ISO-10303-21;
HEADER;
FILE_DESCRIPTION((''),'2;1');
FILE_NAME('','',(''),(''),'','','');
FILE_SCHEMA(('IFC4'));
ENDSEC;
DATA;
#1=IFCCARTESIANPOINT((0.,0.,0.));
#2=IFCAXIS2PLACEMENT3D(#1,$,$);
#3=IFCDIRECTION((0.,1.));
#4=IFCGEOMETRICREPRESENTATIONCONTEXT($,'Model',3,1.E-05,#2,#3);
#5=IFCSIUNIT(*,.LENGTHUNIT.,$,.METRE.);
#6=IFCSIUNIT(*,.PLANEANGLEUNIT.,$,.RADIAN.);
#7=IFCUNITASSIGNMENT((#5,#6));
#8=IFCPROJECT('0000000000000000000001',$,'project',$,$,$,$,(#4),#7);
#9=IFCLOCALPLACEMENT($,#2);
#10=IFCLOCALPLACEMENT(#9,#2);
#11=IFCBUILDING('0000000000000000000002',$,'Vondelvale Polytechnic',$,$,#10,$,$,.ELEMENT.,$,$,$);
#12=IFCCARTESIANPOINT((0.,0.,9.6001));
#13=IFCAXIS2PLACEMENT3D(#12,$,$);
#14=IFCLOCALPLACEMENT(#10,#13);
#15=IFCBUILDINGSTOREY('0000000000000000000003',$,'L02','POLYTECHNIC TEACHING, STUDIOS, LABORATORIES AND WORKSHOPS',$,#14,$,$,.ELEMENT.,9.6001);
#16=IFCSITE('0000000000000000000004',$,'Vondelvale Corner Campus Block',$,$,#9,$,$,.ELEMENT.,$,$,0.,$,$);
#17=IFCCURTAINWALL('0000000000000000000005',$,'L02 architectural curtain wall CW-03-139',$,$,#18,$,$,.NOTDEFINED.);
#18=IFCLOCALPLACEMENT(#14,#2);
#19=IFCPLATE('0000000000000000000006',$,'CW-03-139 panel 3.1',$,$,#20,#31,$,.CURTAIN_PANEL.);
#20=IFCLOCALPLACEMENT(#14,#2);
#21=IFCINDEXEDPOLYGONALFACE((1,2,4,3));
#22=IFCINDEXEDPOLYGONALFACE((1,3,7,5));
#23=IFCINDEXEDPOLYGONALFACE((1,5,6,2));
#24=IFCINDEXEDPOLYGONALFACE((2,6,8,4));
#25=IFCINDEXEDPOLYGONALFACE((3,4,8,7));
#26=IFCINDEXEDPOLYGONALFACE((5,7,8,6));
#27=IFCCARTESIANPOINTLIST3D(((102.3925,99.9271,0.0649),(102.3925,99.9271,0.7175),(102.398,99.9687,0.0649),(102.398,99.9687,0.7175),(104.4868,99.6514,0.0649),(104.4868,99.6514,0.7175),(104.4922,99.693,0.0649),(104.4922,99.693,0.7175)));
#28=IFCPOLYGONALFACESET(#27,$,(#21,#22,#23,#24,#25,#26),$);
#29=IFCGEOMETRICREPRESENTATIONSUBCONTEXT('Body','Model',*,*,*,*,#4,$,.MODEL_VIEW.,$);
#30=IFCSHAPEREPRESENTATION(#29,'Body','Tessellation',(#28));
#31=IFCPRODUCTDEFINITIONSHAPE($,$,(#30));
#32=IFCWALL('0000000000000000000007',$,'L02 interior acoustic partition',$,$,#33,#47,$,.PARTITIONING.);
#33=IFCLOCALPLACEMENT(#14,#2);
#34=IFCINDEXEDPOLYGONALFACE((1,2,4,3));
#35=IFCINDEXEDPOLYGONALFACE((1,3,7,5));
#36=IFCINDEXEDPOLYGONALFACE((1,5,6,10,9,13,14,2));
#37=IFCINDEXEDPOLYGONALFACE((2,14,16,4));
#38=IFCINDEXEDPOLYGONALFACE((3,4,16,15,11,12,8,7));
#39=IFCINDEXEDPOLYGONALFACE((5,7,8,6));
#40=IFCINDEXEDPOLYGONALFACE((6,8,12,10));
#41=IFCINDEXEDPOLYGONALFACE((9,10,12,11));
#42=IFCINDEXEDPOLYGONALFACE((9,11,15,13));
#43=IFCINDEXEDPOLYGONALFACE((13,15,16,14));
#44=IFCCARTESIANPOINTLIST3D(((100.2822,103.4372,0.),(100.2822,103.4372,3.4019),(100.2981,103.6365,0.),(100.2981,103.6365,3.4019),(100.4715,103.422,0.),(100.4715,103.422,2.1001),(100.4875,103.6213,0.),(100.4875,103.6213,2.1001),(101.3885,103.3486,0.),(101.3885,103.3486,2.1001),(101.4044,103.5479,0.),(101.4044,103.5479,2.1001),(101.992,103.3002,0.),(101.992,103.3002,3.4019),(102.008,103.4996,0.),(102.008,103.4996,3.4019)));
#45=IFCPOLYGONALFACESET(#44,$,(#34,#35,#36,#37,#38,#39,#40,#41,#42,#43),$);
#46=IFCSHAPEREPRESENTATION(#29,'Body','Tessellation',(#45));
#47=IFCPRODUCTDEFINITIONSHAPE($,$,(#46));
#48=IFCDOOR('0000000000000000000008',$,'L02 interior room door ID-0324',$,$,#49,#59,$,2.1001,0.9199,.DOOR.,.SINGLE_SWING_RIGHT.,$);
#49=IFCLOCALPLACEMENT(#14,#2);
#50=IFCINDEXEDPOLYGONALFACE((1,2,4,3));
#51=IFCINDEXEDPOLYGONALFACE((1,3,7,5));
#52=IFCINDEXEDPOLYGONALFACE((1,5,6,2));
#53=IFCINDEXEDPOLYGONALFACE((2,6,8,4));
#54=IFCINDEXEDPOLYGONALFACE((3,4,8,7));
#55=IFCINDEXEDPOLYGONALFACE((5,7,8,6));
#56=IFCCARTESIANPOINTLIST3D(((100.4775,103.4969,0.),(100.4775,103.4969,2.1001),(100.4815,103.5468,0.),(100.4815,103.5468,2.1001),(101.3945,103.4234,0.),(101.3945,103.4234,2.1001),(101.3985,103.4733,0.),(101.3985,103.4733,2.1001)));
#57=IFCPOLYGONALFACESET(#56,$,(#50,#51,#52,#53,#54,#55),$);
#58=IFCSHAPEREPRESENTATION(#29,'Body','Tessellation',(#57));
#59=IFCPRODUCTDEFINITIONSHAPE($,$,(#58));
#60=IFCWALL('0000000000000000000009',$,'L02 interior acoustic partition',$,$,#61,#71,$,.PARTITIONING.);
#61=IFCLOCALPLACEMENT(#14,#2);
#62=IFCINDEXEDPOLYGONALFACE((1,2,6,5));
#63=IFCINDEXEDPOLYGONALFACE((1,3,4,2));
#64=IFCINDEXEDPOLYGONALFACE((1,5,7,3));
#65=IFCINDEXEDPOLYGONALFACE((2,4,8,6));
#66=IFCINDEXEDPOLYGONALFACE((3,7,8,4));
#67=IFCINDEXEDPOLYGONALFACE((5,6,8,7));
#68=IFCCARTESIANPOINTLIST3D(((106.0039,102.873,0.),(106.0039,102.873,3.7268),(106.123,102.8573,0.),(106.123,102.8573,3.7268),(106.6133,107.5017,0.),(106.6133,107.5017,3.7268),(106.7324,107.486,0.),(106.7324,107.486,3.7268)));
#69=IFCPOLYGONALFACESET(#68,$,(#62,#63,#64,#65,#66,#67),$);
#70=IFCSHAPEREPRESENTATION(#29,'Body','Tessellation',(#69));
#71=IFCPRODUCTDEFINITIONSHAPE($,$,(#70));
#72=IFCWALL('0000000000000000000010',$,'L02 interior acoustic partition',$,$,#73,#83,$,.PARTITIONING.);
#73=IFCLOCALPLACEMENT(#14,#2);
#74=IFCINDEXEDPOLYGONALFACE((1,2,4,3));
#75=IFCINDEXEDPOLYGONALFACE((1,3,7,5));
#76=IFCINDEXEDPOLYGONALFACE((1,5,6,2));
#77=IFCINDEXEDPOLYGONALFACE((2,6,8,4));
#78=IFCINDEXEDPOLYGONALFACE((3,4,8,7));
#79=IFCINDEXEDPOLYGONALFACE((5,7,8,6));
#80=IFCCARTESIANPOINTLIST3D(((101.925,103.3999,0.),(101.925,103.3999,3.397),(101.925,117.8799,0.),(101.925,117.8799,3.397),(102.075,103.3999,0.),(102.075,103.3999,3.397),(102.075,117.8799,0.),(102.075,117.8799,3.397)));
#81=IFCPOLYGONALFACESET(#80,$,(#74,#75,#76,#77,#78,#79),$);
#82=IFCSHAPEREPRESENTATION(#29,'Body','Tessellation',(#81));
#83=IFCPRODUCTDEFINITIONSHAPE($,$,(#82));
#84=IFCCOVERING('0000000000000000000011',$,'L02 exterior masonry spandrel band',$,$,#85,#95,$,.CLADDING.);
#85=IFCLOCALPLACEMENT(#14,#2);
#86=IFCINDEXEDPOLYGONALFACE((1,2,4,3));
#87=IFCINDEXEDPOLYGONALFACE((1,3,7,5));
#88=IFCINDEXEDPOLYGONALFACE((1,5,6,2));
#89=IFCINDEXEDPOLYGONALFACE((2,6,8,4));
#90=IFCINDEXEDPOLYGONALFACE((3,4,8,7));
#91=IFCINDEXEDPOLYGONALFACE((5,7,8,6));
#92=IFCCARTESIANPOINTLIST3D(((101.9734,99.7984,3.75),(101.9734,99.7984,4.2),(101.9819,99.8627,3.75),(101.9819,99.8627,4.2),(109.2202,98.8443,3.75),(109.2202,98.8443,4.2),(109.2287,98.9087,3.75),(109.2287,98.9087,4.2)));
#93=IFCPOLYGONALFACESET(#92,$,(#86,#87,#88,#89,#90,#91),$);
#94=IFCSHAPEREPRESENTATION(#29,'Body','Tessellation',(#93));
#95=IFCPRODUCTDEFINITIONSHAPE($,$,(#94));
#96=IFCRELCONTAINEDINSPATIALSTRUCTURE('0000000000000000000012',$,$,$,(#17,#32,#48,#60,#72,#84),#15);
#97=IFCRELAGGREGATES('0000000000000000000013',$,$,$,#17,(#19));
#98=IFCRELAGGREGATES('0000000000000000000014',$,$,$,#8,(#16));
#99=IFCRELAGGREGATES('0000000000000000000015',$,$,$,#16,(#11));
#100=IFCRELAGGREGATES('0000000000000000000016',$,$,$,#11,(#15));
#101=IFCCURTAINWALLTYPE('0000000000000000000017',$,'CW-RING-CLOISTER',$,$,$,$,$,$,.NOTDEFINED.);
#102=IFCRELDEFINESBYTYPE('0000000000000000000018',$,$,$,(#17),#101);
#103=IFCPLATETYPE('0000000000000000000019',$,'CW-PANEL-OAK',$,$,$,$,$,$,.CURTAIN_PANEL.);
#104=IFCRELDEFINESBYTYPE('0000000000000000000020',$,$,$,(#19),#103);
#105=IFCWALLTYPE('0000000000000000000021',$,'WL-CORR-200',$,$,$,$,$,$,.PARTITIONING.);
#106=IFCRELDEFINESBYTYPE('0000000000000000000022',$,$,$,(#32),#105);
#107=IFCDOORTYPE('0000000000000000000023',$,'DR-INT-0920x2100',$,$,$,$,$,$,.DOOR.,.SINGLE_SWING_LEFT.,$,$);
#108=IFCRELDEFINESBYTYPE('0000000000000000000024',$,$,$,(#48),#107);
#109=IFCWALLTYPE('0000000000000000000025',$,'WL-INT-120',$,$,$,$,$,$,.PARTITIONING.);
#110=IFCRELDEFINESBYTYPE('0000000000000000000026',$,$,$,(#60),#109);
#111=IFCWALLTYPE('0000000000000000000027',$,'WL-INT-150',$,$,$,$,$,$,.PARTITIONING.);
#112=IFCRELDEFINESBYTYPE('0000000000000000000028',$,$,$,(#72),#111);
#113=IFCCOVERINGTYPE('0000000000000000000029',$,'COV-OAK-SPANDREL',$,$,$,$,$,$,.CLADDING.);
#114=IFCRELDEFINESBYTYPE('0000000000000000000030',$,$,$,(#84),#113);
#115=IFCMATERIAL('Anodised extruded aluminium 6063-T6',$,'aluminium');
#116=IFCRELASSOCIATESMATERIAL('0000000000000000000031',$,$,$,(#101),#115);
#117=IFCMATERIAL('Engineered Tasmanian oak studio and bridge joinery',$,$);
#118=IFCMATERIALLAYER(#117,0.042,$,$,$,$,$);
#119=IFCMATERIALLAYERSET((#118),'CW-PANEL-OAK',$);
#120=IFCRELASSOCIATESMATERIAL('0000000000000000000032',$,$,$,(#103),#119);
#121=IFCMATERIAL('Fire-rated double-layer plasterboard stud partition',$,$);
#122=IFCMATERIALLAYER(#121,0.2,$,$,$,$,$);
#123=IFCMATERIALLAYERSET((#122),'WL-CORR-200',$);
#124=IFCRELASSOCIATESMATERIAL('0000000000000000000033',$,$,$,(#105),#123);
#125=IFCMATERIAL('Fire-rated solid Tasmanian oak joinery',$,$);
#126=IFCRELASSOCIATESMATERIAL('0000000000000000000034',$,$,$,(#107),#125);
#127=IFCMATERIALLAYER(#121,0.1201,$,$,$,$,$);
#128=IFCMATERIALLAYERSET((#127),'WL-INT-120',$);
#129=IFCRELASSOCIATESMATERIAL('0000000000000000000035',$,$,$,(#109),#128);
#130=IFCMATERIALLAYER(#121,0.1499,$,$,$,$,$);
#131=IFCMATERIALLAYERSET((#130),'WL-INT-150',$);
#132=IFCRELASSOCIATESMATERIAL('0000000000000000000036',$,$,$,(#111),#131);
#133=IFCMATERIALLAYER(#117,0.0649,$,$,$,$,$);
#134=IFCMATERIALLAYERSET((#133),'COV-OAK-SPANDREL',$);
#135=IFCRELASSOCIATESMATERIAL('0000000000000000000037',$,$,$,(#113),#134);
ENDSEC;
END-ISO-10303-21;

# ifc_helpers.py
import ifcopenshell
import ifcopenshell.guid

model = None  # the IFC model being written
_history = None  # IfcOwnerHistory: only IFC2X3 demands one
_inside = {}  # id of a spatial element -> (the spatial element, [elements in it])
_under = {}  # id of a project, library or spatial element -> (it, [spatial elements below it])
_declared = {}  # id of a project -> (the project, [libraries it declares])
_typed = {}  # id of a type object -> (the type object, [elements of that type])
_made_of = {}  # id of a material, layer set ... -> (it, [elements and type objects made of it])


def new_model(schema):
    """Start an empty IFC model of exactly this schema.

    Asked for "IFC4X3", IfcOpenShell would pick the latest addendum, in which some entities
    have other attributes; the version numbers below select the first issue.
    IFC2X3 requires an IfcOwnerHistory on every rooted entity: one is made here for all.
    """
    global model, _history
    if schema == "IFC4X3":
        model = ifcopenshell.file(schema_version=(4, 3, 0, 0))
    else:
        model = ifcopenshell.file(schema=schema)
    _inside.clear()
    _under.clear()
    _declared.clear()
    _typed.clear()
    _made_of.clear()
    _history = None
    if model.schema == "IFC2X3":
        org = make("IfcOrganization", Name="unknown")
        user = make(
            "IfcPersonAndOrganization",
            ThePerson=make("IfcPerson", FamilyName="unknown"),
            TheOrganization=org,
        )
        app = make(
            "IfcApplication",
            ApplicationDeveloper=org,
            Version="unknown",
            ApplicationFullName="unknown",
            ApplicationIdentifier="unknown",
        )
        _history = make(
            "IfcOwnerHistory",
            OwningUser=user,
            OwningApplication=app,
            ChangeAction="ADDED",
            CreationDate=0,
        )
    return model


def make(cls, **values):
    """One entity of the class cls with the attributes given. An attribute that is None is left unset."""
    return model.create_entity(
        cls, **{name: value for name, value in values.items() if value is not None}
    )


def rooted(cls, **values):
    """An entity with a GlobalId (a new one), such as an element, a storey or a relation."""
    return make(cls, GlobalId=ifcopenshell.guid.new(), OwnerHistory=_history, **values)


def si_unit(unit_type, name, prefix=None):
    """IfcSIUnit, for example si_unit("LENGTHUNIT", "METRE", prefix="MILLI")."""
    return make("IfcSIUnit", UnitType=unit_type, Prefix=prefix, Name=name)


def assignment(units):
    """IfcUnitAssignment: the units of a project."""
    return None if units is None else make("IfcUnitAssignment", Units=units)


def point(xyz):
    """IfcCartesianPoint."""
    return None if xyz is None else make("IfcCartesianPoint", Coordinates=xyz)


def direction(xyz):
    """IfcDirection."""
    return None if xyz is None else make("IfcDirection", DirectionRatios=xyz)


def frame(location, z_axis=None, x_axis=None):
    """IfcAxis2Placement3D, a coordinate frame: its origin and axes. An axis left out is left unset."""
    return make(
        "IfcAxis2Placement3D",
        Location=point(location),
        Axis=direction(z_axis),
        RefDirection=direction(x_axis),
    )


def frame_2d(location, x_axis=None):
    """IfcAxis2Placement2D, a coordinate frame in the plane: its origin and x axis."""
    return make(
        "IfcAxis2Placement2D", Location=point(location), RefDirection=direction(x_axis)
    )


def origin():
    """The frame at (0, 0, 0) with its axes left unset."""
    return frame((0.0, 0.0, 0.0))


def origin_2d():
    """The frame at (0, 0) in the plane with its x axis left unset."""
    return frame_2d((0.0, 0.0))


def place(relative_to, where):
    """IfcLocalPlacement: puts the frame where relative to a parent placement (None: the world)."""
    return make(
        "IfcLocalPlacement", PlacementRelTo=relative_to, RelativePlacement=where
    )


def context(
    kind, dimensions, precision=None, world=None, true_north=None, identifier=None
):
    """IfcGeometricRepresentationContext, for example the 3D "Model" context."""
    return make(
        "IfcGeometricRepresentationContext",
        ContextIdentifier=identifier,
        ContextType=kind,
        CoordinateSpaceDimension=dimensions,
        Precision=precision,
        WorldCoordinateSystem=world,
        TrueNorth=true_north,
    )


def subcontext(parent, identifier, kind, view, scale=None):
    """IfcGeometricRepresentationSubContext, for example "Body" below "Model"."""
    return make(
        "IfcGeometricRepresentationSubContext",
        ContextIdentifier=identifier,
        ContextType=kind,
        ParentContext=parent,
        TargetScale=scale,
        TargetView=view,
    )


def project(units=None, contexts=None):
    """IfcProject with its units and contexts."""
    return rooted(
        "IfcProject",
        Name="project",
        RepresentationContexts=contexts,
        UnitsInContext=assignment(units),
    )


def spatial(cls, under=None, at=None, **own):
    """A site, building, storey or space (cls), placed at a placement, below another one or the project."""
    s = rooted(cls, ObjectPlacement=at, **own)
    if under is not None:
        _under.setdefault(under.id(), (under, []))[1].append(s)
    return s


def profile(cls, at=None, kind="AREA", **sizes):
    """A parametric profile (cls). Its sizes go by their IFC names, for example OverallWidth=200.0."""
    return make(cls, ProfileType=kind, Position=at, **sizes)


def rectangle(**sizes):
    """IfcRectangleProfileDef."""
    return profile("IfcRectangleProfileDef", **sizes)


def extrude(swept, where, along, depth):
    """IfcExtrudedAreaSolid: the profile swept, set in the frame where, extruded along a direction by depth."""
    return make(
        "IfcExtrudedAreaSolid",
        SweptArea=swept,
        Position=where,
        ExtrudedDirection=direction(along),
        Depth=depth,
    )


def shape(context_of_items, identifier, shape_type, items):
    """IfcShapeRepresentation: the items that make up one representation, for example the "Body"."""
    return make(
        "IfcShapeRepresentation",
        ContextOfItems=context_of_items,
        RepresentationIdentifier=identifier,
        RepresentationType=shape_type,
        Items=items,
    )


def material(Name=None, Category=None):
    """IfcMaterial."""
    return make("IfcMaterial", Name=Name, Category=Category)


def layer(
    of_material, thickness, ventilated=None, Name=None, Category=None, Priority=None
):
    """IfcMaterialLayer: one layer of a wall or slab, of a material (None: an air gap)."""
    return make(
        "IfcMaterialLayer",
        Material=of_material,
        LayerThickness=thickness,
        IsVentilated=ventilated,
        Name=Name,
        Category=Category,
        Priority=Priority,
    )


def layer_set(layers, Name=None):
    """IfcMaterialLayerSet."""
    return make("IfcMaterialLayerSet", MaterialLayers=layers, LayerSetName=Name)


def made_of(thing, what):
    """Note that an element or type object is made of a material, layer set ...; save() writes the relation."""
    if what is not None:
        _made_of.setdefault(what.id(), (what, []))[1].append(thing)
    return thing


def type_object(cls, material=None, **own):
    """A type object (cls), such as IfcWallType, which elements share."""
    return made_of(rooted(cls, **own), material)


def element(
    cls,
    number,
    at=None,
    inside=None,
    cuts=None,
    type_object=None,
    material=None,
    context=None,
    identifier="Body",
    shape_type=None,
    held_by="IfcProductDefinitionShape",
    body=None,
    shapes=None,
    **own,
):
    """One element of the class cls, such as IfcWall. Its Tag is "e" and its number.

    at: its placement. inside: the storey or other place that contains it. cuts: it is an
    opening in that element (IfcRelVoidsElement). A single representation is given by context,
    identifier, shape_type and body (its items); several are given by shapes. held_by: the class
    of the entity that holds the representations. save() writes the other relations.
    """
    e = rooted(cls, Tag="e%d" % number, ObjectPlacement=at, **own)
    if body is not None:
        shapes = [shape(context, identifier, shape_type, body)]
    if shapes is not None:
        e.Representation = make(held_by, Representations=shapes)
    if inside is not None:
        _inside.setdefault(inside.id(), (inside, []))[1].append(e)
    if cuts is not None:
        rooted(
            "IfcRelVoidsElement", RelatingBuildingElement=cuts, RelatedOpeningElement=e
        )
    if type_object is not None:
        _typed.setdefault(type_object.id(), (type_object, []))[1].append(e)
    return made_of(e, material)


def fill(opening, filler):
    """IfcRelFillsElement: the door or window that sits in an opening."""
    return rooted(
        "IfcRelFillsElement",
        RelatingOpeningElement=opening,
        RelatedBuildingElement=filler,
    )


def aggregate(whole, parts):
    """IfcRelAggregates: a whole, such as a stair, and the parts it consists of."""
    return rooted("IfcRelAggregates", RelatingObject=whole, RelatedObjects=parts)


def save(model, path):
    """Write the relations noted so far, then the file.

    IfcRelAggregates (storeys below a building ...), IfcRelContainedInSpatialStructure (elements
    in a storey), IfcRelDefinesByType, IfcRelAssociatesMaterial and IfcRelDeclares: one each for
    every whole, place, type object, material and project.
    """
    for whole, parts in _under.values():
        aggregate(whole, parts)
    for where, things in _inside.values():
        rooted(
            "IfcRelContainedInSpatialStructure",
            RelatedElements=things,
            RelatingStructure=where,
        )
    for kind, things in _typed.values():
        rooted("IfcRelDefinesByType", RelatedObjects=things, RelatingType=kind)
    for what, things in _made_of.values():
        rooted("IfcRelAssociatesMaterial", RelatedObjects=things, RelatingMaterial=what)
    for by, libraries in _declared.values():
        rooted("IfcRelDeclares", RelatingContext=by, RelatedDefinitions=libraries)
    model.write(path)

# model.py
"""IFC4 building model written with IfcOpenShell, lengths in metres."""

from ifc_helpers import new_model, si_unit, direction, frame, frame_2d, origin, origin_2d, place, context, subcontext, project, spatial, rectangle, extrude, material, layer, layer_set, type_object, element, fill, aggregate, save


model = new_model("IFC4")

# Units and contexts
model_context = context("Model", 3, precision=1e-05, world=origin(), true_north=direction((0.0, 1.0)))
body_context = subcontext(model_context, "Body", "Model", "MODEL_VIEW")
ifc_project = project(units=[si_unit("LENGTHUNIT", "METRE"), si_unit("PLANEANGLEUNIT", "RADIAN")], contexts=[model_context])

# Site, building, storey
site_placement = place(None, origin())
site = spatial("IfcSite", under=ifc_project, at=site_placement, Name="Vondelvale Corner Campus Block", CompositionType="ELEMENT", RefElevation=0.0)
building_placement = place(site_placement, origin())
building = spatial("IfcBuilding", under=site, at=building_placement, Name="Vondelvale Polytechnic", CompositionType="ELEMENT")
storey_placement = place(building_placement, frame((0.0, 0.0, 9.6001)))
storey = spatial("IfcBuildingStorey", under=building, at=storey_placement, Name="L02", Description="POLYTECHNIC TEACHING, STUDIOS, LABORATORIES AND WORKSHOPS", CompositionType="ELEMENT", Elevation=9.6001)

# Curtain wall
ifc_material_1 = material(Name="Anodised extruded aluminium 6063-T6", Category="aluminium")
curtain_wall_type = type_object("IfcCurtainWallType", Name="CW-RING-CLOISTER", PredefinedType="NOTDEFINED", material=ifc_material_1)
curtain_wall_1_placement = place(storey_placement, origin())
curtain_wall_1 = element("IfcCurtainWall", 1, at=curtain_wall_1_placement, inside=storey, type_object=curtain_wall_type, Name="L02 architectural curtain wall CW-03-139", PredefinedType="NOTDEFINED")

# Plate
ifc_material_2 = material(Name="Engineered Tasmanian oak studio and bridge joinery")
ifc_layer_1 = layer(ifc_material_2, 0.042)
ifc_layer_set_1 = layer_set([ifc_layer_1], Name="CW-PANEL-OAK")
plate_type_1 = type_object("IfcPlateType", Name="CW-PANEL-OAK", PredefinedType="CURTAIN_PANEL", material=ifc_layer_set_1)
plate_1_placement = place(storey_placement, frame((103.4424, 99.8101, 0.0649), z_axis=(0.0, 0.0, 1.0), x_axis=(-0.991445, 0.130528, 0.0)))
plate_1 = element("IfcPlate", 2, at=plate_1_placement, type_object=plate_type_1, Name="CW-03-139 panel 3.1", PredefinedType="CURTAIN_PANEL", context=body_context, shape_type="SweptSolid", body=[
    extrude(rectangle(XDim=2.1123, YDim=0.042, at=origin_2d()), origin(), (0.0, 0.0, 1.0), 0.6526),
])
aggregate(curtain_wall_1, [plate_1])

# Wall, opening, door
ifc_material_3 = material(Name="Fire-rated double-layer plasterboard stud partition")
ifc_layer_2 = layer(ifc_material_3, 0.2)
ifc_layer_set_2 = layer_set([ifc_layer_2], Name="WL-CORR-200")
wall_type_1 = type_object("IfcWallType", Name="WL-CORR-200", PredefinedType="PARTITIONING", material=ifc_layer_set_2)
wall_1_placement = place(storey_placement, frame((102.0, 103.3999, 0.0), z_axis=(0.0, 0.0, 1.0), x_axis=(-0.996808, 0.079841, 0.0)))
wall_1 = element("IfcWall", 3, at=wall_1_placement, inside=storey, type_object=wall_type_1, Name="L02 interior acoustic partition", PredefinedType="PARTITIONING", context=body_context, shape_type="SweptSolid", body=[
    extrude(rectangle(XDim=1.7153, YDim=0.2, at=frame_2d((0.8577, 0.0))), origin(), (0.0, 0.0, 1.0), 3.4019),
])
opening_placement = place(wall_1_placement, frame((0.6055, 0.0, 0.0)))
opening = element("IfcOpeningElement", 4, at=opening_placement, cuts=wall_1, PredefinedType="OPENING", context=body_context, shape_type="SweptSolid", body=[
    extrude(rectangle(XDim=0.9199, YDim=2.1001, at=frame_2d((0.46, 1.05))), frame((0.0, 0.1099, 0.0), z_axis=(0.0, -1.0, 0.0), x_axis=(1.0, 0.0, 0.0)), (0.0, 0.0, 1.0), 0.22),
])
ifc_material_4 = material(Name="Fire-rated solid Tasmanian oak joinery")
door_type = type_object("IfcDoorType", Name="DR-INT-0920x2100", OperationType="SINGLE_SWING_LEFT", PredefinedType="DOOR", material=ifc_material_4)
door_placement = place(opening_placement, origin())
door = element("IfcDoor", 5, at=door_placement, inside=storey, type_object=door_type, Name="L02 interior room door ID-0324", OperationType="SINGLE_SWING_RIGHT", OverallHeight=2.1001, OverallWidth=0.9199, PredefinedType="DOOR", context=body_context, shape_type="SweptSolid", body=[
    extrude(rectangle(XDim=0.9199, YDim=2.1001, at=frame_2d((0.46, 1.05))), frame((0.0, 0.0249, 0.0), z_axis=(0.0, -1.0, 0.0), x_axis=(1.0, 0.0, 0.0)), (0.0, 0.0, 1.0), 0.05),
])
fill(opening, door)

# Walls
ifc_layer_3 = layer(ifc_material_3, 0.1201)
ifc_layer_set_3 = layer_set([ifc_layer_3], Name="WL-INT-120")
wall_type_2 = type_object("IfcWallType", Name="WL-INT-120", PredefinedType="PARTITIONING", material=ifc_layer_set_3)
wall_2_placement = place(storey_placement, frame((106.0635, 102.865, 0.0), z_axis=(0.0, 0.0, 1.0), x_axis=(0.130526, 0.991445, 0.0)))
element("IfcWall", 6, at=wall_2_placement, inside=storey, type_object=wall_type_2, Name="L02 interior acoustic partition", PredefinedType="PARTITIONING", context=body_context, shape_type="SweptSolid", body=[
    extrude(rectangle(XDim=4.6687, YDim=0.1201, at=frame_2d((2.3345, 0.0))), origin(), (0.0, 0.0, 1.0), 3.7268),
])
ifc_layer_4 = layer(ifc_material_3, 0.1499)
ifc_layer_set_4 = layer_set([ifc_layer_4], Name="WL-INT-150")
wall_type_3 = type_object("IfcWallType", Name="WL-INT-150", PredefinedType="PARTITIONING", material=ifc_layer_set_4)
wall_3_placement = place(storey_placement, frame((102.0, 103.3999, 0.0), z_axis=(0.0, 0.0, 1.0), x_axis=(0.0, 1.0, 0.0)))
element("IfcWall", 7, at=wall_3_placement, inside=storey, type_object=wall_type_3, Name="L02 interior acoustic partition", PredefinedType="PARTITIONING", context=body_context, shape_type="SweptSolid", body=[
    extrude(rectangle(XDim=14.48, YDim=0.1499, at=frame_2d((7.24, 0.0))), origin(), (0.0, 0.0, 1.0), 3.397),
])

# Covering
ifc_layer_5 = layer(ifc_material_2, 0.0649)
ifc_layer_set_5 = layer_set([ifc_layer_5], Name="COV-OAK-SPANDREL")
covering_type = type_object("IfcCoveringType", Name="COV-OAK-SPANDREL", PredefinedType="CLADDING", material=ifc_layer_set_5)
covering_placement = place(storey_placement, frame((105.6011, 99.3535, 3.75), z_axis=(0.0, 0.0, 1.0), x_axis=(-0.991445, 0.130526, 0.0)))
element("IfcCovering", 8, at=covering_placement, inside=storey, type_object=covering_type, Name="L02 exterior masonry spandrel band", PredefinedType="CLADDING", context=body_context, shape_type="SweptSolid", body=[
    extrude(rectangle(XDim=7.3093, YDim=0.0649, at=origin_2d()), origin(), (0.0, 0.0, 1.0), 0.45),
])

save(model, "model.ifc")
